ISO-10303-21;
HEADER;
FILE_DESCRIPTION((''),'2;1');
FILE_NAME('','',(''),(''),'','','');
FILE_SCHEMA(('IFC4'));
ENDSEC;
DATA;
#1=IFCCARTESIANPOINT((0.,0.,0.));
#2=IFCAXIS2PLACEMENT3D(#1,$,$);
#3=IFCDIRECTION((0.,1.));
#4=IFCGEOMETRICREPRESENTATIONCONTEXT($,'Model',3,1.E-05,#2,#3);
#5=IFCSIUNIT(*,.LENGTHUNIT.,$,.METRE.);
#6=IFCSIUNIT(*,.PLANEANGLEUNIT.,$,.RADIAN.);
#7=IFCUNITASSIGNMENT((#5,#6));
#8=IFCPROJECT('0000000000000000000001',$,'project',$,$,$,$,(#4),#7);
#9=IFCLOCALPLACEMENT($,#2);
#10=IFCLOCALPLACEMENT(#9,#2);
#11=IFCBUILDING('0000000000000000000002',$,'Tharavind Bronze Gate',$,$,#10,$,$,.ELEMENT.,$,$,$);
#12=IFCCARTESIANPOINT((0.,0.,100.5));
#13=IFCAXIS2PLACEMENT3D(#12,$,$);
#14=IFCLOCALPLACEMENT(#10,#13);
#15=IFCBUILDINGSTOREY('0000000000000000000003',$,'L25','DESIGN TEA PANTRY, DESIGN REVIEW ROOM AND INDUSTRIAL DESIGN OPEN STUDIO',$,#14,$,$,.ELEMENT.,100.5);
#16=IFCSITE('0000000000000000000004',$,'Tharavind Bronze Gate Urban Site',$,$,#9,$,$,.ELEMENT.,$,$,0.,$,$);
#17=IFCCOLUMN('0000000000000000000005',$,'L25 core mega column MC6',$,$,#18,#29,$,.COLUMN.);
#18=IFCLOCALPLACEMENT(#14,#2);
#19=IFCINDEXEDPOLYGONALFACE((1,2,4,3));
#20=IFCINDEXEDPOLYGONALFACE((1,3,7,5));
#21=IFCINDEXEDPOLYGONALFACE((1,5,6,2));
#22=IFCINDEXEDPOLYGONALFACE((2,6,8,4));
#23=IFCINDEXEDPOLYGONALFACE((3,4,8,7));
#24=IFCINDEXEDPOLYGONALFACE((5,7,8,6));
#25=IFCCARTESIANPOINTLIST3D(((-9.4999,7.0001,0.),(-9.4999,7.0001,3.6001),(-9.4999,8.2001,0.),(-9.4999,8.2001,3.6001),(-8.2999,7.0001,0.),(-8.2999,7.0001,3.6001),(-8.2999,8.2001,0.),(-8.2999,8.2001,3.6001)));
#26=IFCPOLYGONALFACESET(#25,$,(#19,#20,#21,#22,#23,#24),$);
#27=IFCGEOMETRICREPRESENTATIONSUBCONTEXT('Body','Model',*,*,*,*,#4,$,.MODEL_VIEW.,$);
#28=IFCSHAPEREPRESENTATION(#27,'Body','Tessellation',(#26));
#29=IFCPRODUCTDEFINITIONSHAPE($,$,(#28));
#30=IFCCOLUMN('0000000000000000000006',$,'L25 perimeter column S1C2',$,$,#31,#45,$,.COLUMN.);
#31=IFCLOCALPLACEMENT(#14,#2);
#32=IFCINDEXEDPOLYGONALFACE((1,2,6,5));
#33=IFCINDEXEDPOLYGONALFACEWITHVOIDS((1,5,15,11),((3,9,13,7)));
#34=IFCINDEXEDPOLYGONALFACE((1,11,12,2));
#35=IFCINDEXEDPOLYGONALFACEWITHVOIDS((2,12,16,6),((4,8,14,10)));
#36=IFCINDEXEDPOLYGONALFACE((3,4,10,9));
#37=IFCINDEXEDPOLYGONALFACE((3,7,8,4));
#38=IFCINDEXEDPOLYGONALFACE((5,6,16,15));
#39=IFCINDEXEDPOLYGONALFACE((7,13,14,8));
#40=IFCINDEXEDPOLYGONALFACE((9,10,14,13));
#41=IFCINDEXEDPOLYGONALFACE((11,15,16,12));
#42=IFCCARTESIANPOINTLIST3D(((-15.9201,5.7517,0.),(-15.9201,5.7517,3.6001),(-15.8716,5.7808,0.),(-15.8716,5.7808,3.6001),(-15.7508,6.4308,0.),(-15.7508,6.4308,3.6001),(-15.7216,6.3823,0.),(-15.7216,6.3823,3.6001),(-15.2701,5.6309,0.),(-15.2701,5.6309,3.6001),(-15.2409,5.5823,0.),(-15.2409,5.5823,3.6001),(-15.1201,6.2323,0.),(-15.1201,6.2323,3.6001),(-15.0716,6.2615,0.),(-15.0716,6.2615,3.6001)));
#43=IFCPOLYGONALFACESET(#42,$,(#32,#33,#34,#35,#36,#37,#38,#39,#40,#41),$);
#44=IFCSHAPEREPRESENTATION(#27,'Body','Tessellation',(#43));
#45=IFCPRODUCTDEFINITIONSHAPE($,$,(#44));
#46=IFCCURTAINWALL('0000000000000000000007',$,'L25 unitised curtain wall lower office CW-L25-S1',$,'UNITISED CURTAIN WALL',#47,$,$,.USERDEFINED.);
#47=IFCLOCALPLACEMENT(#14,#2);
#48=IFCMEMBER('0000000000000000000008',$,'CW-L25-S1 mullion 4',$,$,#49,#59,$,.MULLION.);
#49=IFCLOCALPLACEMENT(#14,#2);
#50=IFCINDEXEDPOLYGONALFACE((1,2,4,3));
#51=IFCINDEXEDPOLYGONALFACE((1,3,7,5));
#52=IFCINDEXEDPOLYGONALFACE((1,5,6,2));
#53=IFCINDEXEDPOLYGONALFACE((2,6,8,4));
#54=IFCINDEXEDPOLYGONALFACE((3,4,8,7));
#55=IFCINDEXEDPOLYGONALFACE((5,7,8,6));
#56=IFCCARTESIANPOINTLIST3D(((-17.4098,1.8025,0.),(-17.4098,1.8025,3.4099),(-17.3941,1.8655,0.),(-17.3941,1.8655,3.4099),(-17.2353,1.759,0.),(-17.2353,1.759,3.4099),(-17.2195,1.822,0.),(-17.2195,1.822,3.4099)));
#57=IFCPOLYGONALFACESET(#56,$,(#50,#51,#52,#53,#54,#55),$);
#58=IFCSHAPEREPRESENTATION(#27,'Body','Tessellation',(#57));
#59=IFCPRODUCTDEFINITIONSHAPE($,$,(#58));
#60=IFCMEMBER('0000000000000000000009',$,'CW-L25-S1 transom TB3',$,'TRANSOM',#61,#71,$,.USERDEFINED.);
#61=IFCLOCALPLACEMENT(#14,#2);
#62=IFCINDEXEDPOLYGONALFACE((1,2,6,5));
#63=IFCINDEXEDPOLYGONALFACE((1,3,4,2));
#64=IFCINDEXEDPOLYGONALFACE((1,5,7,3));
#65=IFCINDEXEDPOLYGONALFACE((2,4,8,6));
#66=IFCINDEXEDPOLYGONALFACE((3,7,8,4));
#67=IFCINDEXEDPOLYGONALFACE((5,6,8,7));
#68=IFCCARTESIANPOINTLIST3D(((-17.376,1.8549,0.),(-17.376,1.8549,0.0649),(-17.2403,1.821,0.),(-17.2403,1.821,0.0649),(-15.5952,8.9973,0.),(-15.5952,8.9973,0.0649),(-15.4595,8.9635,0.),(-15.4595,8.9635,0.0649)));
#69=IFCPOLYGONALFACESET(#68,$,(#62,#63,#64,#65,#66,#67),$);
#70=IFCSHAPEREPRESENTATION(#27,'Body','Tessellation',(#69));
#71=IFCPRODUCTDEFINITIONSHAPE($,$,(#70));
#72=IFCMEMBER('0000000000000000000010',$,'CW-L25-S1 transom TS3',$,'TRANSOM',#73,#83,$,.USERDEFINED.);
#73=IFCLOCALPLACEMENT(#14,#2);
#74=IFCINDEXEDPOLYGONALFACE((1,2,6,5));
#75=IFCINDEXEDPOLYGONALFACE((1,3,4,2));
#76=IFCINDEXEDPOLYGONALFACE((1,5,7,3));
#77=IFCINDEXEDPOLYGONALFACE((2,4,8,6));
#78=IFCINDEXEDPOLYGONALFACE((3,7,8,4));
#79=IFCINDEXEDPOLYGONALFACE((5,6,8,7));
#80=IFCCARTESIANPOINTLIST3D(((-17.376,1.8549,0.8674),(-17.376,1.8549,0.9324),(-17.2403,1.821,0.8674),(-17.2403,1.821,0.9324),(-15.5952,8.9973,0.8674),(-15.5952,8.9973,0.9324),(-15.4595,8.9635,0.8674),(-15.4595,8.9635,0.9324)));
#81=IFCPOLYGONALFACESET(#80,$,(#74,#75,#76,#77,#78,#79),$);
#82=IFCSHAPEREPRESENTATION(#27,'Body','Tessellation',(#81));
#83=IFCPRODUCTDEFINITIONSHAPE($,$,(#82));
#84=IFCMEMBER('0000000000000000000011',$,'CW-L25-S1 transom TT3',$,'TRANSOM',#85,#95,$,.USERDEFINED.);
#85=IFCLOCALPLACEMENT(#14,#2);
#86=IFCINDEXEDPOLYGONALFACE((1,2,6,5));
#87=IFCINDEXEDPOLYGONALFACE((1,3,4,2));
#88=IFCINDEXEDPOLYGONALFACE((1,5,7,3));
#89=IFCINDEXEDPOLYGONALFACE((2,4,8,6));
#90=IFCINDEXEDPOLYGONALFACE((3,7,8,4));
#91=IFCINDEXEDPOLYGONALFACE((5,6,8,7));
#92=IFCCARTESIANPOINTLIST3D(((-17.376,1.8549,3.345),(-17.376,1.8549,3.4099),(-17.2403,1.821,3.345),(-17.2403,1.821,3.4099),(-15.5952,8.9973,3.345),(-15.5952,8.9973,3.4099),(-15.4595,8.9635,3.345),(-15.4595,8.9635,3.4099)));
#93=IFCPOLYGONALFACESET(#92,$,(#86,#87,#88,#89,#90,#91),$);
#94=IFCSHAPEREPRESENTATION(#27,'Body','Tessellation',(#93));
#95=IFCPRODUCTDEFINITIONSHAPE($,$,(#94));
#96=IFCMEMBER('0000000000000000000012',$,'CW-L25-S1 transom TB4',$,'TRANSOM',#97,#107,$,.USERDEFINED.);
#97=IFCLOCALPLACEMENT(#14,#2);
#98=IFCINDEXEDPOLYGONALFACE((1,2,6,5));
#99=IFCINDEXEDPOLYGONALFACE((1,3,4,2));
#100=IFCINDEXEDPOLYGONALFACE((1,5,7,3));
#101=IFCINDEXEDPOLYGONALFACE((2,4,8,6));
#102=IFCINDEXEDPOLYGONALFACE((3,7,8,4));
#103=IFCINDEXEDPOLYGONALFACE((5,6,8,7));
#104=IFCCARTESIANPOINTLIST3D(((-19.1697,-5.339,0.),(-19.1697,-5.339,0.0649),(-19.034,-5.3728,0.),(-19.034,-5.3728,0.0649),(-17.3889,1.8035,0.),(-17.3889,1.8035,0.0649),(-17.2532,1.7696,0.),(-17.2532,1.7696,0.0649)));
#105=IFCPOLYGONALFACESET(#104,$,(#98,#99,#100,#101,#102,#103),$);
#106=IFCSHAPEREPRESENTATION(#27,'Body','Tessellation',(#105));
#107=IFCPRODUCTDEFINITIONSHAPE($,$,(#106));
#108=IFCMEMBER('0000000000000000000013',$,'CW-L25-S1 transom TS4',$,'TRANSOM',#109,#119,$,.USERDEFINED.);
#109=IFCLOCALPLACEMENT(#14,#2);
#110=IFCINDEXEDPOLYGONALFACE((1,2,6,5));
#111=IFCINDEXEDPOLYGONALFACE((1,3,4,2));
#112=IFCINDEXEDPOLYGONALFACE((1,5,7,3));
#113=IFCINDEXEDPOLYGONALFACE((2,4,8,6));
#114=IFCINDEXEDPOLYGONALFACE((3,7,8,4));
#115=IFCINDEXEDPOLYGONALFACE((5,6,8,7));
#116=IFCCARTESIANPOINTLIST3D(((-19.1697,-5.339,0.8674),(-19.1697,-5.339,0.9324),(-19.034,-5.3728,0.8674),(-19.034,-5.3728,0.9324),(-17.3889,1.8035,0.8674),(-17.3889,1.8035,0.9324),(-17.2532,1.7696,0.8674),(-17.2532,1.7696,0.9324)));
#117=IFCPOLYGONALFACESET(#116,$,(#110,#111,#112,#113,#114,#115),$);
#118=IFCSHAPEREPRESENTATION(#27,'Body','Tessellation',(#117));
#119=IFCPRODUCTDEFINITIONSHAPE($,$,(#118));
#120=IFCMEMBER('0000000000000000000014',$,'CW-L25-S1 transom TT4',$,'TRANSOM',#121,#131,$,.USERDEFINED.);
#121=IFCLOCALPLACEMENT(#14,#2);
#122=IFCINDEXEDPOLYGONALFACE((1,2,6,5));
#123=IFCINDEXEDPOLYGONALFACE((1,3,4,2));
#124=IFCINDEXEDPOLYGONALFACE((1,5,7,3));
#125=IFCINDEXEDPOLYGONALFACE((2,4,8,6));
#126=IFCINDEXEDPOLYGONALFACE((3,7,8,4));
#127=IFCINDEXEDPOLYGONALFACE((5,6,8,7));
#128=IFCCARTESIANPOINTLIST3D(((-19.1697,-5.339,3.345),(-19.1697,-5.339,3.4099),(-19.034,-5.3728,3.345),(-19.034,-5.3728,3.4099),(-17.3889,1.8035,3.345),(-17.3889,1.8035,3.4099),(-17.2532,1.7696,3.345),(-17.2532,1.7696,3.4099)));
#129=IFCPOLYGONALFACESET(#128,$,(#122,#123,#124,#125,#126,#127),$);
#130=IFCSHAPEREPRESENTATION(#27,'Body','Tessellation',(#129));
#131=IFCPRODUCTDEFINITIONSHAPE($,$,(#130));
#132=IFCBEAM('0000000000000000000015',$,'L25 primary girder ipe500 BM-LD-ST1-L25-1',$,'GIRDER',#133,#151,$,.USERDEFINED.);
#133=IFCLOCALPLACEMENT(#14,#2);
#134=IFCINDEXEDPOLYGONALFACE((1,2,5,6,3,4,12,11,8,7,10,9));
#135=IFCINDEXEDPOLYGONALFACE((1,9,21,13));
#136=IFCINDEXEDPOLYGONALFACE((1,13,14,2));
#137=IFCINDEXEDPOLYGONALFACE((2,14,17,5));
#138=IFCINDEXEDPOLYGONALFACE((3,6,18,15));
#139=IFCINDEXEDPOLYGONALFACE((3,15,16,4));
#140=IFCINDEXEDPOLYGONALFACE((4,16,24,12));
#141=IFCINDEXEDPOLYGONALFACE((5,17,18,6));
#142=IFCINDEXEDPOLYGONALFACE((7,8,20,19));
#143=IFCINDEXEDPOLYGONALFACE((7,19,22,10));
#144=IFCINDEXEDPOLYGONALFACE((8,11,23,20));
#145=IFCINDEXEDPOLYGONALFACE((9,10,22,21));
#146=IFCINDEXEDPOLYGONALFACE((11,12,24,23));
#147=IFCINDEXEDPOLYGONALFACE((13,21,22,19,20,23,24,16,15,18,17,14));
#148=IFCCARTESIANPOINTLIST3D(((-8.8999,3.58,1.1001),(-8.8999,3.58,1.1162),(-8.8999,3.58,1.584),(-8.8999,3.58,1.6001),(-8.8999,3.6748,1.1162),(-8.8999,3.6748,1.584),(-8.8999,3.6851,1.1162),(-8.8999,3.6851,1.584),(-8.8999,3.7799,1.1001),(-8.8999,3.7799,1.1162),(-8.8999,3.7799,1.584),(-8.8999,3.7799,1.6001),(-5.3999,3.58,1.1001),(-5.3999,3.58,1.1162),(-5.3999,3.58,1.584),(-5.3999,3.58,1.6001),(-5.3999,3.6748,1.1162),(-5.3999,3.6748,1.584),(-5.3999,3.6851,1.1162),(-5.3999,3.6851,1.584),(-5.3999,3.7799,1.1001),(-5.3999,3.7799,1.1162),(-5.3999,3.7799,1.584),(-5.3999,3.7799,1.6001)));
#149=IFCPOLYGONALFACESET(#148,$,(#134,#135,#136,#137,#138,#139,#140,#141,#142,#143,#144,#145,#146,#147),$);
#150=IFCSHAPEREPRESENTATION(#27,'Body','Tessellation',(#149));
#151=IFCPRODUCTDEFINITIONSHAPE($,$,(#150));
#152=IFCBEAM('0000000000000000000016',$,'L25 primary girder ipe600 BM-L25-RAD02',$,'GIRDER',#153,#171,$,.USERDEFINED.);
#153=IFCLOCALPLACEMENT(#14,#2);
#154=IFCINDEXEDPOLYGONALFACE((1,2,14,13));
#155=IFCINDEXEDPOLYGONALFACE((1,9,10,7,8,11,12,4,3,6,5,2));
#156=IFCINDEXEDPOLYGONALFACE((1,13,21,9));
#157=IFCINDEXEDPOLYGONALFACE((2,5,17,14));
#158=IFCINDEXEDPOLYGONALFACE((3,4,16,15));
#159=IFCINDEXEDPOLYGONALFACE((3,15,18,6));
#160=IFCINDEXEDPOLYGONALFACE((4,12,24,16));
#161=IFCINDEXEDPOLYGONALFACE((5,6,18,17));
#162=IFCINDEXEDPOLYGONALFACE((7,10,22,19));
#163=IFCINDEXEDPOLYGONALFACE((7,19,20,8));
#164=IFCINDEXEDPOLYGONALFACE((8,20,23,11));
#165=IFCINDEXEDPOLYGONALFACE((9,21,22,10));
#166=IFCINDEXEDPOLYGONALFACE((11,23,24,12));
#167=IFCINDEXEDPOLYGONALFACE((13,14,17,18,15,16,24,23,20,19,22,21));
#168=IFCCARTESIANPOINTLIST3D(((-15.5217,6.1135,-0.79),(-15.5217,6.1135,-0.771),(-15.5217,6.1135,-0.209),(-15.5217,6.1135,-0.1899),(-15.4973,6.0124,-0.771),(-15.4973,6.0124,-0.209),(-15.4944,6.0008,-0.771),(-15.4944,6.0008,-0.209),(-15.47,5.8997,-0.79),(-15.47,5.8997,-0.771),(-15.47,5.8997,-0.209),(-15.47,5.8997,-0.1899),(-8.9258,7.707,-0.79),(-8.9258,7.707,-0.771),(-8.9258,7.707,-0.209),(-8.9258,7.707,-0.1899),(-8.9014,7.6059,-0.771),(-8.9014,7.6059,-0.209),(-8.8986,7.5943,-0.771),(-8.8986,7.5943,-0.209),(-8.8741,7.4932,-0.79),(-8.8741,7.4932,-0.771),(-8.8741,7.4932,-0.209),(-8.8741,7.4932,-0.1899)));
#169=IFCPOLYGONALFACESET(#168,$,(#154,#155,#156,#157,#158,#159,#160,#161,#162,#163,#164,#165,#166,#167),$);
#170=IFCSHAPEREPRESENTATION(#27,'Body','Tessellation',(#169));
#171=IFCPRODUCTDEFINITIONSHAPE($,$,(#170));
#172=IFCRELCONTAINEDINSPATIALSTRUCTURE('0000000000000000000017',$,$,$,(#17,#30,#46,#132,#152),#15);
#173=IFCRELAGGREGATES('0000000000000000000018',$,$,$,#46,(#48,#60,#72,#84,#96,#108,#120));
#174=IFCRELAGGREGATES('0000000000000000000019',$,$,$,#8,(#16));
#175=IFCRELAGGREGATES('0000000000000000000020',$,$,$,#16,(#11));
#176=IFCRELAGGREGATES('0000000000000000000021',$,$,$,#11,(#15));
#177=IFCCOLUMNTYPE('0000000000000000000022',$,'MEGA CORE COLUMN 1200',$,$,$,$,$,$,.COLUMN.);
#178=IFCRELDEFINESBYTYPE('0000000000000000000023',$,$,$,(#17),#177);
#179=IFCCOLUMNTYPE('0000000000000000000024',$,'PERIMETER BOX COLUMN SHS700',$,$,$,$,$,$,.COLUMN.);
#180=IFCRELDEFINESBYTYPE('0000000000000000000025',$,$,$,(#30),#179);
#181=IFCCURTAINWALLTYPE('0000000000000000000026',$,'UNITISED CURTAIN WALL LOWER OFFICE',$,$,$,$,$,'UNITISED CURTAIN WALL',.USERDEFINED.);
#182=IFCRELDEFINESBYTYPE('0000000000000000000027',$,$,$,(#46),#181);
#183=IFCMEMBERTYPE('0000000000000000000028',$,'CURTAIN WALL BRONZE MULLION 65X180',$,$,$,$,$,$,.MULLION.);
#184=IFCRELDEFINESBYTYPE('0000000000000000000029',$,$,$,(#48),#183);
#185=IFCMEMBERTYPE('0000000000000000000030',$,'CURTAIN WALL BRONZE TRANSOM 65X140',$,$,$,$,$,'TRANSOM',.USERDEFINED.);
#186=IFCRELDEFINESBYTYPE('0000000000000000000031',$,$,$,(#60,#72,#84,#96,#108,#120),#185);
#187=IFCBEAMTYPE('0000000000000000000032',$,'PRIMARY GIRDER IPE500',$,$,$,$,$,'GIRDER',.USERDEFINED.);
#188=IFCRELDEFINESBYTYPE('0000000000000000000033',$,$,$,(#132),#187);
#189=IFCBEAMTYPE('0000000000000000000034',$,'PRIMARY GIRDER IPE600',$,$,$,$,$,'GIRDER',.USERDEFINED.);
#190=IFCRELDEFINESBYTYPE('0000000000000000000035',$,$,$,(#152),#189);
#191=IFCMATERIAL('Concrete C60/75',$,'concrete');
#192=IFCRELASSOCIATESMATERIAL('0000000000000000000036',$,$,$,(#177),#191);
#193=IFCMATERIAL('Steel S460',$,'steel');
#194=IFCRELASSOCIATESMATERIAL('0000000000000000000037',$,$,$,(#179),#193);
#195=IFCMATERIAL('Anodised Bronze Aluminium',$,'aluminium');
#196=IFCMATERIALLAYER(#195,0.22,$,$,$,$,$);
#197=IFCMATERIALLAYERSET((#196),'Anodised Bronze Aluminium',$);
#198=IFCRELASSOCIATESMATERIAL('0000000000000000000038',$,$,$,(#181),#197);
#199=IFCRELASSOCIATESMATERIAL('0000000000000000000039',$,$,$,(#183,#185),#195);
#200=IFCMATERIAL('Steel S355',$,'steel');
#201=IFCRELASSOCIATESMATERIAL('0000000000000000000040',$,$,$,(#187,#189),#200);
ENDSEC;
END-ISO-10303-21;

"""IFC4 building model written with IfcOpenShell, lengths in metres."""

from ifc_helpers import new_model, si_unit, direction, frame, origin, origin_2d, place, context, subcontext, project, spatial, rectangle, hollow_rectangle, i_section, extrude, material, layer, layer_set, material_profile, profile_set, type_object, element, aggregate, save


model = new_model("IFC4")

# Units and contexts
model_context = context("Model", 3, precision=1e-05, world=origin(), true_north=direction((0.0, 1.0)))
body_context = subcontext(model_context, "Body", "Model", "MODEL_VIEW")
ifc_project = project(units=[si_unit("LENGTHUNIT", "METRE"), si_unit("PLANEANGLEUNIT", "RADIAN")], contexts=[model_context])

# Site, building, storey
site_placement = place(None, origin())
site = spatial("IfcSite", under=ifc_project, at=site_placement, Name="Tharavind Bronze Gate Urban Site", CompositionType="ELEMENT", RefElevation=0.0)
building_placement = place(site_placement, origin())
building = spatial("IfcBuilding", under=site, at=building_placement, Name="Tharavind Bronze Gate", CompositionType="ELEMENT")
storey_placement = place(building_placement, frame((0.0, 0.0, 100.5)))
storey = spatial("IfcBuildingStorey", under=building, at=storey_placement, Name="L25", Description="DESIGN TEA PANTRY, DESIGN REVIEW ROOM AND INDUSTRIAL DESIGN OPEN STUDIO", CompositionType="ELEMENT", Elevation=100.5)

# Columns
ifc_material_1 = material(Name="Concrete C60/75", Category="concrete")
ifc_material_profile_1 = material_profile(ifc_material_1, rectangle(XDim=1.2, YDim=1.2, at=origin_2d()), Name="RCCOL1200")
ifc_profile_set_1 = profile_set([ifc_material_profile_1], Name="Concrete C60/75")
column_type_1 = type_object("IfcColumnType", Name="MEGA CORE COLUMN 1200", PredefinedType="COLUMN", material=ifc_profile_set_1)
column_1_placement = place(storey_placement, frame((-8.8999, 7.6001, 0.0), z_axis=(0.0, 0.0, 1.0), x_axis=(1.0, 0.0, 0.0)))
element("IfcColumn", 1, at=column_1_placement, inside=storey, type_object=column_type_1, Name="L25 core mega column MC6", PredefinedType="COLUMN", context=body_context, shape_type="SweptSolid", body=[
    extrude(rectangle(XDim=1.2, YDim=1.2, at=origin_2d()), origin(), (0.0, 0.0, 1.0), 3.6001),
])
ifc_material_2 = material(Name="Steel S460", Category="steel")
ifc_material_profile_2 = material_profile(ifc_material_2, hollow_rectangle(XDim=0.7, YDim=0.7, WallThickness=0.04, at=origin_2d()), Name="SHS700X40")
ifc_profile_set_2 = profile_set([ifc_material_profile_2], Name="Steel S460")
column_type_2 = type_object("IfcColumnType", Name="PERIMETER BOX COLUMN SHS700", PredefinedType="COLUMN", material=ifc_profile_set_2)
column_2_placement = place(storey_placement, frame((-15.4958, 6.0066, 0.0), z_axis=(0.0, 0.0, 1.0), x_axis=(0.241922, 0.970296, 0.0)))
element("IfcColumn", 2, at=column_2_placement, inside=storey, type_object=column_type_2, Name="L25 perimeter column S1C2", PredefinedType="COLUMN", context=body_context, shape_type="SweptSolid", body=[
    extrude(hollow_rectangle(XDim=0.7, YDim=0.7, WallThickness=0.04, at=origin_2d()), origin(), (0.0, 0.0, 1.0), 3.6001),
])

# Curtain wall, members
ifc_material_3 = material(Name="Anodised Bronze Aluminium", Category="aluminium")
ifc_layer_1 = layer(ifc_material_3, 0.22)
ifc_layer_set_1 = layer_set([ifc_layer_1], Name="Anodised Bronze Aluminium")
curtain_wall_type = type_object("IfcCurtainWallType", Name="UNITISED CURTAIN WALL LOWER OFFICE", ElementType="UNITISED CURTAIN WALL", PredefinedType="USERDEFINED", material=ifc_layer_set_1)
curtain_wall_placement = place(storey_placement, origin())
curtain_wall = element("IfcCurtainWall", 3, at=curtain_wall_placement, inside=storey, type_object=curtain_wall_type, Name="L25 unitised curtain wall lower office CW-L25-S1", ObjectType="UNITISED CURTAIN WALL", PredefinedType="USERDEFINED")
member_type_1 = type_object("IfcMemberType", Name="CURTAIN WALL BRONZE MULLION 65X180", PredefinedType="MULLION", material=ifc_material_3)
member_1_placement = place(storey_placement, frame((-17.3147, 1.8123, 0.0), z_axis=(0.0, 0.0, 1.0), x_axis=(-0.241922, -0.970296, 0.0)))
member_1 = element("IfcMember", 4, at=member_1_placement, type_object=member_type_1, Name="CW-L25-S1 mullion 4", PredefinedType="MULLION", context=body_context, shape_type="SweptSolid", body=[
    extrude(rectangle(XDim=0.0649, YDim=0.1799, at=origin_2d()), origin(), (0.0, 0.0, 1.0), 3.4099),
])
member_type_2 = type_object("IfcMemberType", Name="CURTAIN WALL BRONZE TRANSOM 65X140", ElementType="TRANSOM", PredefinedType="USERDEFINED", material=ifc_material_3)
member_2_placement = place(storey_placement, frame((-16.4177, 5.4092, 0.0), z_axis=(0.0, 0.0, 1.0), x_axis=(-0.241922, -0.970296, 0.0)))
member_2 = element("IfcMember", 5, at=member_2_placement, type_object=member_type_2, Name="CW-L25-S1 transom TB3", ObjectType="TRANSOM", PredefinedType="USERDEFINED", context=body_context, shape_type="SweptSolid", body=[
    extrude(rectangle(XDim=7.3611, YDim=0.1399, at=origin_2d()), origin(), (0.0, 0.0, 1.0), 0.0649),
])
member_3_placement = place(storey_placement, frame((-16.4177, 5.4092, 0.8674), z_axis=(0.0, 0.0, 1.0), x_axis=(-0.241922, -0.970296, 0.0)))
member_3 = element("IfcMember", 6, at=member_3_placement, type_object=member_type_2, Name="CW-L25-S1 transom TS3", ObjectType="TRANSOM", PredefinedType="USERDEFINED", context=body_context, shape_type="SweptSolid", body=[
    extrude(rectangle(XDim=7.3611, YDim=0.1399, at=origin_2d()), origin(), (0.0, 0.0, 1.0), 0.0649),
])
member_4_placement = place(storey_placement, frame((-16.4177, 5.4092, 3.345), z_axis=(0.0, 0.0, 1.0), x_axis=(-0.241922, -0.970296, 0.0)))
member_4 = element("IfcMember", 7, at=member_4_placement, type_object=member_type_2, Name="CW-L25-S1 transom TT3", ObjectType="TRANSOM", PredefinedType="USERDEFINED", context=body_context, shape_type="SweptSolid", body=[
    extrude(rectangle(XDim=7.3611, YDim=0.1399, at=origin_2d()), origin(), (0.0, 0.0, 1.0), 0.0649),
])
member_5_placement = place(storey_placement, frame((-18.2114, -1.7847, 0.0), z_axis=(0.0, 0.0, 1.0), x_axis=(-0.241922, -0.970296, 0.0)))
member_5 = element("IfcMember", 8, at=member_5_placement, type_object=member_type_2, Name="CW-L25-S1 transom TB4", ObjectType="TRANSOM", PredefinedType="USERDEFINED", context=body_context, shape_type="SweptSolid", body=[
    extrude(rectangle(XDim=7.3611, YDim=0.1399, at=origin_2d()), origin(), (0.0, 0.0, 1.0), 0.0649),
])
member_6_placement = place(storey_placement, frame((-18.2114, -1.7847, 0.8674), z_axis=(0.0, 0.0, 1.0), x_axis=(-0.241922, -0.970296, 0.0)))
member_6 = element("IfcMember", 9, at=member_6_placement, type_object=member_type_2, Name="CW-L25-S1 transom TS4", ObjectType="TRANSOM", PredefinedType="USERDEFINED", context=body_context, shape_type="SweptSolid", body=[
    extrude(rectangle(XDim=7.3611, YDim=0.1399, at=origin_2d()), origin(), (0.0, 0.0, 1.0), 0.0649),
])
member_7_placement = place(storey_placement, frame((-18.2114, -1.7847, 3.345), z_axis=(0.0, 0.0, 1.0), x_axis=(-0.241922, -0.970296, 0.0)))
member_7 = element("IfcMember", 10, at=member_7_placement, type_object=member_type_2, Name="CW-L25-S1 transom TT4", ObjectType="TRANSOM", PredefinedType="USERDEFINED", context=body_context, shape_type="SweptSolid", body=[
    extrude(rectangle(XDim=7.3611, YDim=0.1399, at=origin_2d()), origin(), (0.0, 0.0, 1.0), 0.0649),
])

# Beams
ifc_material_4 = material(Name="Steel S355", Category="steel")
ifc_material_profile_3 = material_profile(ifc_material_4, i_section(OverallWidth=0.2, OverallDepth=0.5, WebThickness=0.0103, FlangeThickness=0.0161, at=origin_2d()), Name="IPE500")
ifc_profile_set_3 = profile_set([ifc_material_profile_3], Name="Steel S355")
beam_type_1 = type_object("IfcBeamType", Name="PRIMARY GIRDER IPE500", ElementType="GIRDER", PredefinedType="USERDEFINED", material=ifc_profile_set_3)
beam_1_placement = place(storey_placement, frame((-8.8999, 3.6799, 1.3501), z_axis=(1.0, 0.0, 0.0), x_axis=(0.0, 1.0, 0.0)))
element("IfcBeam", 11, at=beam_1_placement, inside=storey, type_object=beam_type_1, Name="L25 primary girder ipe500 BM-LD-ST1-L25-1", ObjectType="GIRDER", PredefinedType="USERDEFINED", context=body_context, shape_type="SweptSolid", body=[
    extrude(i_section(OverallWidth=0.2, OverallDepth=0.5, WebThickness=0.0103, FlangeThickness=0.0161, at=origin_2d()), origin(), (0.0, 0.0, 1.0), 3.5),
])
ifc_material_profile_4 = material_profile(ifc_material_4, i_section(OverallWidth=0.22, OverallDepth=0.6001, WebThickness=0.012, FlangeThickness=0.019, at=origin_2d()), Name="IPE600")
ifc_profile_set_4 = profile_set([ifc_material_profile_4], Name="Steel S355")
beam_type_2 = type_object("IfcBeamType", Name="PRIMARY GIRDER IPE600", ElementType="GIRDER", PredefinedType="USERDEFINED", material=ifc_profile_set_4)
beam_2_placement = place(storey_placement, frame((-15.4958, 6.0066, -0.49), z_axis=(0.972036, 0.234833, 0.0), x_axis=(-0.234833, 0.972036, 0.0)))
element("IfcBeam", 12, at=beam_2_placement, inside=storey, type_object=beam_type_2, Name="L25 primary girder ipe600 BM-L25-RAD02", ObjectType="GIRDER", PredefinedType="USERDEFINED", context=body_context, shape_type="SweptSolid", body=[
    extrude(i_section(OverallWidth=0.22, OverallDepth=0.6001, WebThickness=0.012, FlangeThickness=0.019, at=origin_2d()), origin(), (0.0, 0.0, 1.0), 6.7856),
])

aggregate(curtain_wall, [member_1, member_2, member_3, member_4, member_5, member_6, member_7])

save(model, "model.ifc")
